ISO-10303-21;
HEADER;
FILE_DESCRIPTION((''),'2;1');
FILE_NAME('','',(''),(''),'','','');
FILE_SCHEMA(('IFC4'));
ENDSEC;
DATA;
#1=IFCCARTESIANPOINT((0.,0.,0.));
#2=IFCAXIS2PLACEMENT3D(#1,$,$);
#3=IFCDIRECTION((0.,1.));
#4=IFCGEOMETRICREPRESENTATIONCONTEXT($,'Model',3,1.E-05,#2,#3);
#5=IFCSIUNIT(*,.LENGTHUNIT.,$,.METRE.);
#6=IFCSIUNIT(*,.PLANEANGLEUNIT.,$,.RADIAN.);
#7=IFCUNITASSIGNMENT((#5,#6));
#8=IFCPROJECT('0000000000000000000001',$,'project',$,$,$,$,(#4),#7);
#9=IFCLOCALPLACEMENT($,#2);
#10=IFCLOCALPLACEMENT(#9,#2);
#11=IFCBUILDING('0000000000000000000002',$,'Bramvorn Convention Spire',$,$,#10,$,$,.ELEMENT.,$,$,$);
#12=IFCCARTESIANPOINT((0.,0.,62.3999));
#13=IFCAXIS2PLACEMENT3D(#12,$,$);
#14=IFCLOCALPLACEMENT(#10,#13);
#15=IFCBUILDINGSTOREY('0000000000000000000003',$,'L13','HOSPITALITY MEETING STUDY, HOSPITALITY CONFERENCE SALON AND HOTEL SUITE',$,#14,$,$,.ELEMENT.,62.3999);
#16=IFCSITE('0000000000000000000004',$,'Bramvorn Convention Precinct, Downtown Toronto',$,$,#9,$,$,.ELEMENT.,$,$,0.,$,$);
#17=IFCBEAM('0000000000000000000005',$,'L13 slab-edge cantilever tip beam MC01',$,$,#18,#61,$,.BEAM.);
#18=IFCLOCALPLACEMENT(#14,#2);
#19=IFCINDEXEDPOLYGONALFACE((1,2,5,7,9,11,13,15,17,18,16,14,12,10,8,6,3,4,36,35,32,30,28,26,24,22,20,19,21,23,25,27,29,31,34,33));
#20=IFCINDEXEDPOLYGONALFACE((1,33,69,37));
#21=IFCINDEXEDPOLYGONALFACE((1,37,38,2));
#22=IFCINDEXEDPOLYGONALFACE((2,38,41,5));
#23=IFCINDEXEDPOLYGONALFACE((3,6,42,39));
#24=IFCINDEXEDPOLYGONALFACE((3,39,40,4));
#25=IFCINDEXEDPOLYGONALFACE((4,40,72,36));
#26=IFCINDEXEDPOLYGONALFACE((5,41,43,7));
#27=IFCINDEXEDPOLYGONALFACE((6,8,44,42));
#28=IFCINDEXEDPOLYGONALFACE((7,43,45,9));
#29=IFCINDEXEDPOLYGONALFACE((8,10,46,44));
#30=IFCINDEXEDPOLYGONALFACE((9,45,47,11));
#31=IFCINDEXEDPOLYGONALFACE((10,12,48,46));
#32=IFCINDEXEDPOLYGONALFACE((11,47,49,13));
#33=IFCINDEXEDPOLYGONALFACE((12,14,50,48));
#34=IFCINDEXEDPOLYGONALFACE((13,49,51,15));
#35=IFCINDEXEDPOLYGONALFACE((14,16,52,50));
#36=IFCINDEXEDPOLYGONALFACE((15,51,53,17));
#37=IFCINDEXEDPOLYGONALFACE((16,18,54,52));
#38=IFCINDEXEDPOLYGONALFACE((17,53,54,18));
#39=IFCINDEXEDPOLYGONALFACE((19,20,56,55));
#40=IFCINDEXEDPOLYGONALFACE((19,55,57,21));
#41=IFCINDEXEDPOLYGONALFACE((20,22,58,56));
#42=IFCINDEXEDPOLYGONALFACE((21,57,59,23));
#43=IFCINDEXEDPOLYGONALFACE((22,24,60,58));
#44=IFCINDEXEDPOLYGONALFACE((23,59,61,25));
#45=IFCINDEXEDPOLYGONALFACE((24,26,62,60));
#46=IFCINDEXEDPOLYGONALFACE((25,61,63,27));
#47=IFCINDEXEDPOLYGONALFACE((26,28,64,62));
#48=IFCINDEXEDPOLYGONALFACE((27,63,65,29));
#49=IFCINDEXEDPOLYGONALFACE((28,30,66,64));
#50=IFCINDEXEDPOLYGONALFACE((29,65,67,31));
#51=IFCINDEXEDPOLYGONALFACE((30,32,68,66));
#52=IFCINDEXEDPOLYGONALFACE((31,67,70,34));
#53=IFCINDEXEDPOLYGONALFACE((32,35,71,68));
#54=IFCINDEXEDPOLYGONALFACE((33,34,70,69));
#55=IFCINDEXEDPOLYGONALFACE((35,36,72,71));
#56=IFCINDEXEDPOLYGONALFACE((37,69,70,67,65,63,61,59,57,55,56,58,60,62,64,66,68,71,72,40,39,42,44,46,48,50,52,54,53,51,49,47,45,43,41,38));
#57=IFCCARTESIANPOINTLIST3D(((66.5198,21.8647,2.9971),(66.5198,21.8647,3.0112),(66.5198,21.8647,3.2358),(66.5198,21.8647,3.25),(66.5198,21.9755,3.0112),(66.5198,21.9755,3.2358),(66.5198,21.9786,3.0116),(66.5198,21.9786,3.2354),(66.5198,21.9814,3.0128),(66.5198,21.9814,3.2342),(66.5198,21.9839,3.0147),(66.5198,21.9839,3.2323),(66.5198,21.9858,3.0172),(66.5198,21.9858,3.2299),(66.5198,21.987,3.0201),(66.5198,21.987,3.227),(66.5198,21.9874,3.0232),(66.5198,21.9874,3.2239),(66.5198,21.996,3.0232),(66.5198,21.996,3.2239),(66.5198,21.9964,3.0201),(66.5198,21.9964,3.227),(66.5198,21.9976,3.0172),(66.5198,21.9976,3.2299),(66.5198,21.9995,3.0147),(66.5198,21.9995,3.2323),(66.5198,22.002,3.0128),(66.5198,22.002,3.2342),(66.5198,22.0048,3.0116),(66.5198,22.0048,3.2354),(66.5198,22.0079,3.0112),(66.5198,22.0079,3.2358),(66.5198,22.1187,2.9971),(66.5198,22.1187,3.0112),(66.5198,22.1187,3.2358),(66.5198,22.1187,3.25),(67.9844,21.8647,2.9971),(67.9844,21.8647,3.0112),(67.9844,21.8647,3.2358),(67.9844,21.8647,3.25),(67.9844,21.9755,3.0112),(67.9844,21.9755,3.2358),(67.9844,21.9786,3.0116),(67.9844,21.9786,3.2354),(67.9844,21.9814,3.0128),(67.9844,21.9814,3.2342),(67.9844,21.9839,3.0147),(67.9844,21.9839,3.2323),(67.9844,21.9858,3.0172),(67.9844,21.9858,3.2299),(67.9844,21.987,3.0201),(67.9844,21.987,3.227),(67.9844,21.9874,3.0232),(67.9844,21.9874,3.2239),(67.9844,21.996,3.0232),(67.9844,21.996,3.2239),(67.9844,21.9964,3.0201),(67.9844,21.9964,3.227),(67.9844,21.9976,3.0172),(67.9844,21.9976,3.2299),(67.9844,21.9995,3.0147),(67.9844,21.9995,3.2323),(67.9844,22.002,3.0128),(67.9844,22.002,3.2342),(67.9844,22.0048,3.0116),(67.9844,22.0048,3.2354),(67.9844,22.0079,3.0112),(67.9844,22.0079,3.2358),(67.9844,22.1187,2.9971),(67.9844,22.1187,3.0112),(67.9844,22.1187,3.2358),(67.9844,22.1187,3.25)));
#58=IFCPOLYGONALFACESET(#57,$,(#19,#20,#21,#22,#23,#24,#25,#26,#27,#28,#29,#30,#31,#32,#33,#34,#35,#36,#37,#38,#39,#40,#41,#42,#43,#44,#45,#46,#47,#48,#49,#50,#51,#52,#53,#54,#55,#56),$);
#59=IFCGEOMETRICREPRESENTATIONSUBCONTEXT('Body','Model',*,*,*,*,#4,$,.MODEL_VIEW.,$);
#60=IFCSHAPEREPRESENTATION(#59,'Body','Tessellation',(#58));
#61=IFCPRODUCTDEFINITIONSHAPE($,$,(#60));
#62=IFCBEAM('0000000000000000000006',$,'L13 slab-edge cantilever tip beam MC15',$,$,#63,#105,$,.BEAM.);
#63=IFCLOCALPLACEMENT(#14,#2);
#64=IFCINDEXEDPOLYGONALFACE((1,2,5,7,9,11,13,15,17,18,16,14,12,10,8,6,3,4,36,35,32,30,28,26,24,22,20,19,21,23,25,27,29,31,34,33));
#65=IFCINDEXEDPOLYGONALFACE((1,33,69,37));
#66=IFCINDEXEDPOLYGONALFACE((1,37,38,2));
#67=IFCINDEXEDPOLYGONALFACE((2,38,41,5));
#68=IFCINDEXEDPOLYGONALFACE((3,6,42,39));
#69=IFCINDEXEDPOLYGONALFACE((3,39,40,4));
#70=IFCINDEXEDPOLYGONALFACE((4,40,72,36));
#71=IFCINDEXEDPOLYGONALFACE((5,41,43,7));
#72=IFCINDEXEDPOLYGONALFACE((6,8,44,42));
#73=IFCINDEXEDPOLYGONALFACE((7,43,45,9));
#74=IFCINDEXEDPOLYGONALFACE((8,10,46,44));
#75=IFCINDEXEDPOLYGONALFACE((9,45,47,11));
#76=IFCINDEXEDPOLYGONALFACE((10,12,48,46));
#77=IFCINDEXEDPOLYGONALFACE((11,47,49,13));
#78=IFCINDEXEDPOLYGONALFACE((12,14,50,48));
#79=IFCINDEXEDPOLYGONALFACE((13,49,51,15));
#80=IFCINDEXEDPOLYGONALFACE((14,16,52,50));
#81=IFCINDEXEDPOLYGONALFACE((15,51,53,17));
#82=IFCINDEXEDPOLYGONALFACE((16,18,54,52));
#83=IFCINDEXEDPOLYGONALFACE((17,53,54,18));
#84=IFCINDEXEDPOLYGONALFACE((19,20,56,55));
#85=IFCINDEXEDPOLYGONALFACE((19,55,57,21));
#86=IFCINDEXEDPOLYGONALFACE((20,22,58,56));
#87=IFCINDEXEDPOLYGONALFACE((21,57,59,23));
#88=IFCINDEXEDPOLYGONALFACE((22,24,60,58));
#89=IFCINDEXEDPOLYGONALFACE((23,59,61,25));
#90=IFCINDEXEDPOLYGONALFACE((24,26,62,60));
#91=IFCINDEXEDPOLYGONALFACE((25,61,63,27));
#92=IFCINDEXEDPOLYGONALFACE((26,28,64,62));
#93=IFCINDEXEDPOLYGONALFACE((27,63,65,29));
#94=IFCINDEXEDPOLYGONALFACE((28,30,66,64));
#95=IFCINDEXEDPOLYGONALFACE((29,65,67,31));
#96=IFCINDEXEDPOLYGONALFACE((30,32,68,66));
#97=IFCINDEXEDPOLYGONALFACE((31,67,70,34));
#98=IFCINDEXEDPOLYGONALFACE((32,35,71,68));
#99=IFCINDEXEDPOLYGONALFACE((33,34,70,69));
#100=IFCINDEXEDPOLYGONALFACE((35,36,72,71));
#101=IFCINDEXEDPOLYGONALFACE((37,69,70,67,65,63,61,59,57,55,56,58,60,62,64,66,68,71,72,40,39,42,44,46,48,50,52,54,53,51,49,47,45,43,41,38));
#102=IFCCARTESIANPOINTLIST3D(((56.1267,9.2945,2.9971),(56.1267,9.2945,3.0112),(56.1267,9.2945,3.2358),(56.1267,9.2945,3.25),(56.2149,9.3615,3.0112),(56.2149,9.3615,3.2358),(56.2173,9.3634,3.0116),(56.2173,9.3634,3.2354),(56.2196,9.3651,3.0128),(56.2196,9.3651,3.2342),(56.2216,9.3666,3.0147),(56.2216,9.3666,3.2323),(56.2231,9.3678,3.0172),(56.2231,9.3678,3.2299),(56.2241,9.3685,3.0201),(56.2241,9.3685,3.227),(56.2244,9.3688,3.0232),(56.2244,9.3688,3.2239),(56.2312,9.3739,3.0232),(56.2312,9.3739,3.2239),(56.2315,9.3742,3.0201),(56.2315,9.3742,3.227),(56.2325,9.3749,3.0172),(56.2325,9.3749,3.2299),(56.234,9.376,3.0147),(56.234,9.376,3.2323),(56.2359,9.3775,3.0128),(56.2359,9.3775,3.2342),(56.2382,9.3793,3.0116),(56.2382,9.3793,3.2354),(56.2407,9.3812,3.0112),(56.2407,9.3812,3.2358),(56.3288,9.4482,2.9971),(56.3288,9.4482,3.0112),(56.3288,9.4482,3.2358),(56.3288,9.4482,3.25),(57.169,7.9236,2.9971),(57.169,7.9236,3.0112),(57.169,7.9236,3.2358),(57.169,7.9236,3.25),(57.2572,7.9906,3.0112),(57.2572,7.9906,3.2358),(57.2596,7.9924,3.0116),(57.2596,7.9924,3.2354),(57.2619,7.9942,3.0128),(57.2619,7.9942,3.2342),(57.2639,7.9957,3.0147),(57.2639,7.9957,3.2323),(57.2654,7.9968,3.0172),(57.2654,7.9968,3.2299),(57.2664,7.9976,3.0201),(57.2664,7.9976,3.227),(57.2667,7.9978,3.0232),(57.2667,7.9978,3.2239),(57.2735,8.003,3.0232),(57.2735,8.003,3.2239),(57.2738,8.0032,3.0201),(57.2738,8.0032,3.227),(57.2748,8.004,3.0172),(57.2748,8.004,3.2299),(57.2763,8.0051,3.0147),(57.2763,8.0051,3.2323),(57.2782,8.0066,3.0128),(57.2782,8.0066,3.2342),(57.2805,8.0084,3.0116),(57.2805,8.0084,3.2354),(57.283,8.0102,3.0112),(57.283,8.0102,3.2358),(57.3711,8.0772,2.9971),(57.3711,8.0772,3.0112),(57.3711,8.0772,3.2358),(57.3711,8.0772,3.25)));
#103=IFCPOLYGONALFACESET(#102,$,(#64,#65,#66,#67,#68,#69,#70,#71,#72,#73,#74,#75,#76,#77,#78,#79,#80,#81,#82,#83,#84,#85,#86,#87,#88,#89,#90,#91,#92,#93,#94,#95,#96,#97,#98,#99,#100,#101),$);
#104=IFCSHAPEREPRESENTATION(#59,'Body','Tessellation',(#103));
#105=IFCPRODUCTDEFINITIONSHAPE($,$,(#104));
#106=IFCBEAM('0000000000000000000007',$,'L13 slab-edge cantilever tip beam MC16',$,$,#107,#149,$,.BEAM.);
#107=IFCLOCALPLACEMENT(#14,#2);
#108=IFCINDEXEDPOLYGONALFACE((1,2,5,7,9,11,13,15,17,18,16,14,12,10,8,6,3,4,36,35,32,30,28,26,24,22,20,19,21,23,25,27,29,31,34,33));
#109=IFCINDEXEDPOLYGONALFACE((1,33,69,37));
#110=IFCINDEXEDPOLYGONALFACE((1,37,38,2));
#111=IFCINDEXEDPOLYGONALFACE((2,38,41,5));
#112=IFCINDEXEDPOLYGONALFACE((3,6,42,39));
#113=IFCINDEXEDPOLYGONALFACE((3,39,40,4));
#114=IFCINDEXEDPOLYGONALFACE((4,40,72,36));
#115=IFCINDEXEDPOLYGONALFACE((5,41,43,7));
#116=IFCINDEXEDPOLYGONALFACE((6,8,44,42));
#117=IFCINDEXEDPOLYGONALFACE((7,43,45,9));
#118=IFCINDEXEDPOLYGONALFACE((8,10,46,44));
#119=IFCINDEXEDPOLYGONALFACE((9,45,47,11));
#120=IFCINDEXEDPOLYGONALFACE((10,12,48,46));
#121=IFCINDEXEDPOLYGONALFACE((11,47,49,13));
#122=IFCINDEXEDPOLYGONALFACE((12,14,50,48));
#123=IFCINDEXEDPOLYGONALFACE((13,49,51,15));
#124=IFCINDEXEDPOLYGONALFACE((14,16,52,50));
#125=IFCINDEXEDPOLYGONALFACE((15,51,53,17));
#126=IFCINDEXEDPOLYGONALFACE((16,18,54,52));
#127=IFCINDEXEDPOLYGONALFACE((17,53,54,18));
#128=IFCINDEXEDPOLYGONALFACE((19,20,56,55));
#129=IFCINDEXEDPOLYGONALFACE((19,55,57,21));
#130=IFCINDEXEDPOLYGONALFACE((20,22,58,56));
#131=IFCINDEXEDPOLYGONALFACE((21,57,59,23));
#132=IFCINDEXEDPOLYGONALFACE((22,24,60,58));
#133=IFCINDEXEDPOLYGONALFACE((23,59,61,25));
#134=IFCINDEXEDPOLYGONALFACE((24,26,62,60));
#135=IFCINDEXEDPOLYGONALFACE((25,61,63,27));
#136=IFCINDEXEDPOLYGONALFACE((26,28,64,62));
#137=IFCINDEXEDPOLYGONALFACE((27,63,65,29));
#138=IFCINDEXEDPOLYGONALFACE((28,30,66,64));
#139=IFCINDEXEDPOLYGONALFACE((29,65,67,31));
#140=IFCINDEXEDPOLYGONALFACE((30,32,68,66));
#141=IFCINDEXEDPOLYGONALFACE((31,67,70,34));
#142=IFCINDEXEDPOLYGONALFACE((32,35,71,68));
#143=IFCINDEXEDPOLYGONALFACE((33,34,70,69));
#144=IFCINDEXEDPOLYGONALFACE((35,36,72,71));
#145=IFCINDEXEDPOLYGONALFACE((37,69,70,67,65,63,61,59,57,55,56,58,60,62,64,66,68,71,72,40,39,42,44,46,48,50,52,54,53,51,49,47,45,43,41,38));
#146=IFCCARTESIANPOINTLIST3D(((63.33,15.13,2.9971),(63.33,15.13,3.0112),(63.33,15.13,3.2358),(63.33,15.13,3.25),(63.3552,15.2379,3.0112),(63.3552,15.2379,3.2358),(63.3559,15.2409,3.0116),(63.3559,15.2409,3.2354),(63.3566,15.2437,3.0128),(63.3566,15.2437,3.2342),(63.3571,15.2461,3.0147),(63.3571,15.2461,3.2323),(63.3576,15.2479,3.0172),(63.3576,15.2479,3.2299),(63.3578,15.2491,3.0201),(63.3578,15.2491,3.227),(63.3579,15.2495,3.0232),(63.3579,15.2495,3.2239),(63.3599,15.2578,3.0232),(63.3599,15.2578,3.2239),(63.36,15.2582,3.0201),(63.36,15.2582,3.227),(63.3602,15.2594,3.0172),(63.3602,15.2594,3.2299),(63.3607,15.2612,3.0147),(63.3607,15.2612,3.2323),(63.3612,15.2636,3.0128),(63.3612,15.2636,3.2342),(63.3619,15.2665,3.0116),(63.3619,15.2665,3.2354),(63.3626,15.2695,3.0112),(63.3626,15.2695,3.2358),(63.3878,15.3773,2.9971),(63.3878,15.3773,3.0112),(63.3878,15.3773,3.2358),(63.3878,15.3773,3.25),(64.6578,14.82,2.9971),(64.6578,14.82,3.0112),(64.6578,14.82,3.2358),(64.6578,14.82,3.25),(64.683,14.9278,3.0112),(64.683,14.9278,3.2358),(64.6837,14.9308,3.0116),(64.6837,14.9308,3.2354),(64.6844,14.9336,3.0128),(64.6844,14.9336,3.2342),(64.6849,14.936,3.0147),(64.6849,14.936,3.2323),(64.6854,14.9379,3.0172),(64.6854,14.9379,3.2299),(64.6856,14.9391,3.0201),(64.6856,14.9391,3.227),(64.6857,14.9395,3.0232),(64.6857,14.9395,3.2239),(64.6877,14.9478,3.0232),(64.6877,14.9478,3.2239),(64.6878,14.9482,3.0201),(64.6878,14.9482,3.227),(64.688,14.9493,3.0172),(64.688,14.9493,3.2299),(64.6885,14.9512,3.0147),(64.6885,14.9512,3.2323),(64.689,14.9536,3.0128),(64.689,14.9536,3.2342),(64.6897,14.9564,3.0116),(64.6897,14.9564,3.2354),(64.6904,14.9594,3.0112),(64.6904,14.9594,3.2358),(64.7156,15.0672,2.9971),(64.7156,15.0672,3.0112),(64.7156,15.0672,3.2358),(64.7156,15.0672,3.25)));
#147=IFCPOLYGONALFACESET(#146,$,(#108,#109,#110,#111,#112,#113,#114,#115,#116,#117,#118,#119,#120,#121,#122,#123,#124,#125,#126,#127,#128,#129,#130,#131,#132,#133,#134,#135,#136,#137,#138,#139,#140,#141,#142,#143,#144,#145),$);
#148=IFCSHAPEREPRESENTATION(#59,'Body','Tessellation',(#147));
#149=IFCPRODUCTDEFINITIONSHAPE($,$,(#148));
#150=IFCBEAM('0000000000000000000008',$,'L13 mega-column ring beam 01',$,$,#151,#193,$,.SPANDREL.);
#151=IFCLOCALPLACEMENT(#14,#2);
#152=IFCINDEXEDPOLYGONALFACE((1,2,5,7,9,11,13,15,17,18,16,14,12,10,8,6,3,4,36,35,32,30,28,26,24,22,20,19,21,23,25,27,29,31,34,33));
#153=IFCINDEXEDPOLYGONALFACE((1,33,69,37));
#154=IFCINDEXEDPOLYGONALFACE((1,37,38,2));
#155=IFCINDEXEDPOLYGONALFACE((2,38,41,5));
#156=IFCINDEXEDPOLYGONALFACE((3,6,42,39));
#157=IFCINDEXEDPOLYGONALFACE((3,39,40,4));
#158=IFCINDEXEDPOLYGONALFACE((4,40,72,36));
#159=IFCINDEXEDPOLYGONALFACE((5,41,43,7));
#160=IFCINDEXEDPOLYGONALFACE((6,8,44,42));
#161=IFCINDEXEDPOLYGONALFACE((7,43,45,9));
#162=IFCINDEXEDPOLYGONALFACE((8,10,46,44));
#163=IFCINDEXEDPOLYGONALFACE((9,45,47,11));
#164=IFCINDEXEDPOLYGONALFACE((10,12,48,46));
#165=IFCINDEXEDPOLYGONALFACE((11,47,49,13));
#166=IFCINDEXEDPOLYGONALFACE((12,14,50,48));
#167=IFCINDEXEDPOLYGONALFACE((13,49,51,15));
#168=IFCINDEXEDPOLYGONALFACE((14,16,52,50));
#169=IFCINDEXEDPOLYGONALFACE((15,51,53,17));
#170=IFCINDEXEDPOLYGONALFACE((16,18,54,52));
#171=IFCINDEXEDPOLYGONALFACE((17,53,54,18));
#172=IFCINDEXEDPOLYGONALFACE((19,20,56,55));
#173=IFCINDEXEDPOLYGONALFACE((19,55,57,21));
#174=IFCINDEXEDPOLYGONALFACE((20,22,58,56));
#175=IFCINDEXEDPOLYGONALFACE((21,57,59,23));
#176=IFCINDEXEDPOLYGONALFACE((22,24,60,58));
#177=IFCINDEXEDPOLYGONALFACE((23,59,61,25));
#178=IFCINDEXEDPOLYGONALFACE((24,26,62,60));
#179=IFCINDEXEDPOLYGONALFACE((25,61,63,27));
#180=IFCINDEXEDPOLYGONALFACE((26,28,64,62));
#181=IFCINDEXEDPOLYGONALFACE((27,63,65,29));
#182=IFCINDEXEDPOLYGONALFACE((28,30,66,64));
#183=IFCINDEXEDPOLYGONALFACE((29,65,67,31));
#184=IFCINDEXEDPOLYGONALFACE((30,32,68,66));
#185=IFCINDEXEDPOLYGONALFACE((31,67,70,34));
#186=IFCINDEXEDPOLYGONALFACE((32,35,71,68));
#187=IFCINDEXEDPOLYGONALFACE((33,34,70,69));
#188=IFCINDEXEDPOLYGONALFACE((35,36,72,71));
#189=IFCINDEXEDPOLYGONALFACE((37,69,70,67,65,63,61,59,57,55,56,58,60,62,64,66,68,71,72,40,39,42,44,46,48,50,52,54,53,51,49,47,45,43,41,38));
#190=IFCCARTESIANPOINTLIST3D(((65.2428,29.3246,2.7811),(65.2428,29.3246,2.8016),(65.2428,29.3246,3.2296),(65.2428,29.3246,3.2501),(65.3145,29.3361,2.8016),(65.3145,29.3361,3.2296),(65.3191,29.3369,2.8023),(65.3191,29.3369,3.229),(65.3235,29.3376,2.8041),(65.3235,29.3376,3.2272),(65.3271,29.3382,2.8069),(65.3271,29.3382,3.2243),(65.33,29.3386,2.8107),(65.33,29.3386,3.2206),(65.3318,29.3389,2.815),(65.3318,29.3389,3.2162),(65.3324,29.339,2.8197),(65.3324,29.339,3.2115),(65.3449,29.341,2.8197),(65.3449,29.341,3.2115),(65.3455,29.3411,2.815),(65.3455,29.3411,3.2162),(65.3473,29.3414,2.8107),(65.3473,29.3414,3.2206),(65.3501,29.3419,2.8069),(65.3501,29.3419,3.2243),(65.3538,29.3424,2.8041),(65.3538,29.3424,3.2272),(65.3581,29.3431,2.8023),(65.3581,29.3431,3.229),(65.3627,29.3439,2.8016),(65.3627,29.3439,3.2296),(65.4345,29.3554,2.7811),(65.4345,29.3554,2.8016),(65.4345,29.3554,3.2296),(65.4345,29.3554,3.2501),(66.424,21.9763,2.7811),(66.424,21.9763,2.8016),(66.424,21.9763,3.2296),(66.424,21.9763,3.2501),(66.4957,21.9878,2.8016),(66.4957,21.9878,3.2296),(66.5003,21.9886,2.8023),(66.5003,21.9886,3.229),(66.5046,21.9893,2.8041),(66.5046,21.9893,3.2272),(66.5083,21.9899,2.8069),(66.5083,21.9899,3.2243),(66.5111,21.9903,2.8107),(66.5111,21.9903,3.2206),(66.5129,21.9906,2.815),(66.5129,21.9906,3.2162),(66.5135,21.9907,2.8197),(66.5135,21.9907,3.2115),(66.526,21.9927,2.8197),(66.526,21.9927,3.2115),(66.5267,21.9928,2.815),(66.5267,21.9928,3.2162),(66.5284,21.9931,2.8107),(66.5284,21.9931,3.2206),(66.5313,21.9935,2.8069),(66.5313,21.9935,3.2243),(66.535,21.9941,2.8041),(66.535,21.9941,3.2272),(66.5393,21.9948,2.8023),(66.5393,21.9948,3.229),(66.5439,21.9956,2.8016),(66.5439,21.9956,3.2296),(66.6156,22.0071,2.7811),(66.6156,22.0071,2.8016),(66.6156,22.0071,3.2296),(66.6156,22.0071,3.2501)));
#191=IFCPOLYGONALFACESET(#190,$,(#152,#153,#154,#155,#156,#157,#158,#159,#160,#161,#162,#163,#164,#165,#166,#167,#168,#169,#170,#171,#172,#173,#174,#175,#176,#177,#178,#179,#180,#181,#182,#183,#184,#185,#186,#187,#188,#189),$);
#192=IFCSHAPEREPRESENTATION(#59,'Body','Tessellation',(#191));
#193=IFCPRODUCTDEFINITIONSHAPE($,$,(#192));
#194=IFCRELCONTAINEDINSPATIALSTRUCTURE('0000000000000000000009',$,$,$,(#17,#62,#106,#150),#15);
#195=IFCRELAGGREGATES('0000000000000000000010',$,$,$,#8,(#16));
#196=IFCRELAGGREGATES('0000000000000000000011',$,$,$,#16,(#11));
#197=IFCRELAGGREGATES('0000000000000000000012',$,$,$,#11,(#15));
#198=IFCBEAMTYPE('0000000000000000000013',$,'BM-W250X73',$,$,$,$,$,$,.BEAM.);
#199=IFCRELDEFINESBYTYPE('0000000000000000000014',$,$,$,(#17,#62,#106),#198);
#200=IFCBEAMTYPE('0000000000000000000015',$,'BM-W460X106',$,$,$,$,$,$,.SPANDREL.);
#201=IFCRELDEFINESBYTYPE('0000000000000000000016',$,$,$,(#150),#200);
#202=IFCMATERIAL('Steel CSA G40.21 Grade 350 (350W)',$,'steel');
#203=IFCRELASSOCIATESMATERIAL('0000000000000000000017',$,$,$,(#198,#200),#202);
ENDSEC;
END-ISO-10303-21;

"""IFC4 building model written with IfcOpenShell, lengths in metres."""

from ifc_helpers import new_model, si_unit, direction, frame, origin, origin_2d, place, context, subcontext, project, spatial, i_section, extrude, material, material_profile, profile_set, type_object, element, save


model = new_model("IFC4")

# Units and contexts
model_context = context("Model", 3, precision=1e-05, world=origin(), true_north=direction((0.0, 1.0)))
body_context = subcontext(model_context, "Body", "Model", "MODEL_VIEW")
ifc_project = project(units=[si_unit("LENGTHUNIT", "METRE"), si_unit("PLANEANGLEUNIT", "RADIAN")], contexts=[model_context])

# Site, building, storey
site_placement = place(None, origin())
site = spatial("IfcSite", under=ifc_project, at=site_placement, Name="Bramvorn Convention Precinct, Downtown Toronto", CompositionType="ELEMENT", RefElevation=0.0)
building_placement = place(site_placement, origin())
building = spatial("IfcBuilding", under=site, at=building_placement, Name="Bramvorn Convention Spire", CompositionType="ELEMENT")
storey_placement = place(building_placement, frame((0.0, 0.0, 62.3999)))
storey = spatial("IfcBuildingStorey", under=building, at=storey_placement, Name="L13", Description="HOSPITALITY MEETING STUDY, HOSPITALITY CONFERENCE SALON AND HOTEL SUITE", CompositionType="ELEMENT", Elevation=62.3999)

# Shared definitions
ifc_material_1 = material(Name="Steel CSA G40.21 Grade 350 (350W)", Category="steel")

# Beams
ifc_material_profile_1 = material_profile(ifc_material_1, i_section(OverallWidth=0.2539, OverallDepth=0.2529, WebThickness=0.0085, FlangeThickness=0.0142, FilletRadius=0.012, at=origin_2d()))
ifc_profile_set_1 = profile_set([ifc_material_profile_1], Name="Steel CSA G40.21 Grade 350 (350W) - W250X73")
beam_type_1 = type_object("IfcBeamType", Name="BM-W250X73", PredefinedType="BEAM", material=ifc_profile_set_1)
beam_1_placement = place(storey_placement, frame((66.5198, 21.9917, 3.1235), z_axis=(1.0, 0.0, 0.0), x_axis=(0.0, 1.0, 0.0)))
element("IfcBeam", 1, at=beam_1_placement, inside=storey, type_object=beam_type_1, Name="L13 slab-edge cantilever tip beam MC01", PredefinedType="BEAM", context=body_context, shape_type="SweptSolid", body=[
    extrude(i_section(OverallWidth=0.2539, OverallDepth=0.2529, WebThickness=0.0085, FlangeThickness=0.0142, FilletRadius=0.012, at=origin_2d()), origin(), (0.0, 0.0, 1.0), 1.4646),
])
beam_2_placement = place(storey_placement, frame((56.2278, 9.3713, 3.1235), z_axis=(0.605227, -0.796053, 0.0), x_axis=(0.796053, 0.605227, 0.0)))
element("IfcBeam", 2, at=beam_2_placement, inside=storey, type_object=beam_type_1, Name="L13 slab-edge cantilever tip beam MC15", PredefinedType="BEAM", context=body_context, shape_type="SweptSolid", body=[
    extrude(i_section(OverallWidth=0.2539, OverallDepth=0.2529, WebThickness=0.0085, FlangeThickness=0.0142, FilletRadius=0.012, at=origin_2d()), origin(), (0.0, 0.0, 1.0), 1.7222),
])
beam_3_placement = place(storey_placement, frame((63.3589, 15.2537, 3.1235), z_axis=(0.973806, -0.227382, 0.0), x_axis=(0.227382, 0.973806, 0.0)))
element("IfcBeam", 3, at=beam_3_placement, inside=storey, type_object=beam_type_1, Name="L13 slab-edge cantilever tip beam MC16", PredefinedType="BEAM", context=body_context, shape_type="SweptSolid", body=[
    extrude(i_section(OverallWidth=0.2539, OverallDepth=0.2529, WebThickness=0.0085, FlangeThickness=0.0142, FilletRadius=0.012, at=origin_2d()), origin(), (0.0, 0.0, 1.0), 1.3635),
])
ifc_material_profile_2 = material_profile(ifc_material_1, i_section(OverallWidth=0.1941, OverallDepth=0.469, WebThickness=0.0127, FlangeThickness=0.0205, FilletRadius=0.0181, at=origin_2d()))
ifc_profile_set_2 = profile_set([ifc_material_profile_2], Name="Steel CSA G40.21 Grade 350 (350W) - W460X106")
beam_type_2 = type_object("IfcBeamType", Name="BM-W460X106", PredefinedType="SPANDREL", material=ifc_profile_set_2)
beam_4_placement = place(storey_placement, frame((66.5198, 21.9917, 3.0156), z_axis=(-0.158699, 0.987327, 0.0), x_axis=(-0.987327, -0.158699, 0.0)))
element("IfcBeam", 4, at=beam_4_placement, inside=storey, type_object=beam_type_2, Name="L13 mega-column ring beam 01", PredefinedType="SPANDREL", context=body_context, shape_type="SweptSolid", body=[
    extrude(i_section(OverallWidth=0.1941, OverallDepth=0.469, WebThickness=0.0127, FlangeThickness=0.0205, FilletRadius=0.0181, at=origin_2d()), origin(), (0.0, 0.0, 1.0), 7.4426),
])

save(model, "model.ifc")
